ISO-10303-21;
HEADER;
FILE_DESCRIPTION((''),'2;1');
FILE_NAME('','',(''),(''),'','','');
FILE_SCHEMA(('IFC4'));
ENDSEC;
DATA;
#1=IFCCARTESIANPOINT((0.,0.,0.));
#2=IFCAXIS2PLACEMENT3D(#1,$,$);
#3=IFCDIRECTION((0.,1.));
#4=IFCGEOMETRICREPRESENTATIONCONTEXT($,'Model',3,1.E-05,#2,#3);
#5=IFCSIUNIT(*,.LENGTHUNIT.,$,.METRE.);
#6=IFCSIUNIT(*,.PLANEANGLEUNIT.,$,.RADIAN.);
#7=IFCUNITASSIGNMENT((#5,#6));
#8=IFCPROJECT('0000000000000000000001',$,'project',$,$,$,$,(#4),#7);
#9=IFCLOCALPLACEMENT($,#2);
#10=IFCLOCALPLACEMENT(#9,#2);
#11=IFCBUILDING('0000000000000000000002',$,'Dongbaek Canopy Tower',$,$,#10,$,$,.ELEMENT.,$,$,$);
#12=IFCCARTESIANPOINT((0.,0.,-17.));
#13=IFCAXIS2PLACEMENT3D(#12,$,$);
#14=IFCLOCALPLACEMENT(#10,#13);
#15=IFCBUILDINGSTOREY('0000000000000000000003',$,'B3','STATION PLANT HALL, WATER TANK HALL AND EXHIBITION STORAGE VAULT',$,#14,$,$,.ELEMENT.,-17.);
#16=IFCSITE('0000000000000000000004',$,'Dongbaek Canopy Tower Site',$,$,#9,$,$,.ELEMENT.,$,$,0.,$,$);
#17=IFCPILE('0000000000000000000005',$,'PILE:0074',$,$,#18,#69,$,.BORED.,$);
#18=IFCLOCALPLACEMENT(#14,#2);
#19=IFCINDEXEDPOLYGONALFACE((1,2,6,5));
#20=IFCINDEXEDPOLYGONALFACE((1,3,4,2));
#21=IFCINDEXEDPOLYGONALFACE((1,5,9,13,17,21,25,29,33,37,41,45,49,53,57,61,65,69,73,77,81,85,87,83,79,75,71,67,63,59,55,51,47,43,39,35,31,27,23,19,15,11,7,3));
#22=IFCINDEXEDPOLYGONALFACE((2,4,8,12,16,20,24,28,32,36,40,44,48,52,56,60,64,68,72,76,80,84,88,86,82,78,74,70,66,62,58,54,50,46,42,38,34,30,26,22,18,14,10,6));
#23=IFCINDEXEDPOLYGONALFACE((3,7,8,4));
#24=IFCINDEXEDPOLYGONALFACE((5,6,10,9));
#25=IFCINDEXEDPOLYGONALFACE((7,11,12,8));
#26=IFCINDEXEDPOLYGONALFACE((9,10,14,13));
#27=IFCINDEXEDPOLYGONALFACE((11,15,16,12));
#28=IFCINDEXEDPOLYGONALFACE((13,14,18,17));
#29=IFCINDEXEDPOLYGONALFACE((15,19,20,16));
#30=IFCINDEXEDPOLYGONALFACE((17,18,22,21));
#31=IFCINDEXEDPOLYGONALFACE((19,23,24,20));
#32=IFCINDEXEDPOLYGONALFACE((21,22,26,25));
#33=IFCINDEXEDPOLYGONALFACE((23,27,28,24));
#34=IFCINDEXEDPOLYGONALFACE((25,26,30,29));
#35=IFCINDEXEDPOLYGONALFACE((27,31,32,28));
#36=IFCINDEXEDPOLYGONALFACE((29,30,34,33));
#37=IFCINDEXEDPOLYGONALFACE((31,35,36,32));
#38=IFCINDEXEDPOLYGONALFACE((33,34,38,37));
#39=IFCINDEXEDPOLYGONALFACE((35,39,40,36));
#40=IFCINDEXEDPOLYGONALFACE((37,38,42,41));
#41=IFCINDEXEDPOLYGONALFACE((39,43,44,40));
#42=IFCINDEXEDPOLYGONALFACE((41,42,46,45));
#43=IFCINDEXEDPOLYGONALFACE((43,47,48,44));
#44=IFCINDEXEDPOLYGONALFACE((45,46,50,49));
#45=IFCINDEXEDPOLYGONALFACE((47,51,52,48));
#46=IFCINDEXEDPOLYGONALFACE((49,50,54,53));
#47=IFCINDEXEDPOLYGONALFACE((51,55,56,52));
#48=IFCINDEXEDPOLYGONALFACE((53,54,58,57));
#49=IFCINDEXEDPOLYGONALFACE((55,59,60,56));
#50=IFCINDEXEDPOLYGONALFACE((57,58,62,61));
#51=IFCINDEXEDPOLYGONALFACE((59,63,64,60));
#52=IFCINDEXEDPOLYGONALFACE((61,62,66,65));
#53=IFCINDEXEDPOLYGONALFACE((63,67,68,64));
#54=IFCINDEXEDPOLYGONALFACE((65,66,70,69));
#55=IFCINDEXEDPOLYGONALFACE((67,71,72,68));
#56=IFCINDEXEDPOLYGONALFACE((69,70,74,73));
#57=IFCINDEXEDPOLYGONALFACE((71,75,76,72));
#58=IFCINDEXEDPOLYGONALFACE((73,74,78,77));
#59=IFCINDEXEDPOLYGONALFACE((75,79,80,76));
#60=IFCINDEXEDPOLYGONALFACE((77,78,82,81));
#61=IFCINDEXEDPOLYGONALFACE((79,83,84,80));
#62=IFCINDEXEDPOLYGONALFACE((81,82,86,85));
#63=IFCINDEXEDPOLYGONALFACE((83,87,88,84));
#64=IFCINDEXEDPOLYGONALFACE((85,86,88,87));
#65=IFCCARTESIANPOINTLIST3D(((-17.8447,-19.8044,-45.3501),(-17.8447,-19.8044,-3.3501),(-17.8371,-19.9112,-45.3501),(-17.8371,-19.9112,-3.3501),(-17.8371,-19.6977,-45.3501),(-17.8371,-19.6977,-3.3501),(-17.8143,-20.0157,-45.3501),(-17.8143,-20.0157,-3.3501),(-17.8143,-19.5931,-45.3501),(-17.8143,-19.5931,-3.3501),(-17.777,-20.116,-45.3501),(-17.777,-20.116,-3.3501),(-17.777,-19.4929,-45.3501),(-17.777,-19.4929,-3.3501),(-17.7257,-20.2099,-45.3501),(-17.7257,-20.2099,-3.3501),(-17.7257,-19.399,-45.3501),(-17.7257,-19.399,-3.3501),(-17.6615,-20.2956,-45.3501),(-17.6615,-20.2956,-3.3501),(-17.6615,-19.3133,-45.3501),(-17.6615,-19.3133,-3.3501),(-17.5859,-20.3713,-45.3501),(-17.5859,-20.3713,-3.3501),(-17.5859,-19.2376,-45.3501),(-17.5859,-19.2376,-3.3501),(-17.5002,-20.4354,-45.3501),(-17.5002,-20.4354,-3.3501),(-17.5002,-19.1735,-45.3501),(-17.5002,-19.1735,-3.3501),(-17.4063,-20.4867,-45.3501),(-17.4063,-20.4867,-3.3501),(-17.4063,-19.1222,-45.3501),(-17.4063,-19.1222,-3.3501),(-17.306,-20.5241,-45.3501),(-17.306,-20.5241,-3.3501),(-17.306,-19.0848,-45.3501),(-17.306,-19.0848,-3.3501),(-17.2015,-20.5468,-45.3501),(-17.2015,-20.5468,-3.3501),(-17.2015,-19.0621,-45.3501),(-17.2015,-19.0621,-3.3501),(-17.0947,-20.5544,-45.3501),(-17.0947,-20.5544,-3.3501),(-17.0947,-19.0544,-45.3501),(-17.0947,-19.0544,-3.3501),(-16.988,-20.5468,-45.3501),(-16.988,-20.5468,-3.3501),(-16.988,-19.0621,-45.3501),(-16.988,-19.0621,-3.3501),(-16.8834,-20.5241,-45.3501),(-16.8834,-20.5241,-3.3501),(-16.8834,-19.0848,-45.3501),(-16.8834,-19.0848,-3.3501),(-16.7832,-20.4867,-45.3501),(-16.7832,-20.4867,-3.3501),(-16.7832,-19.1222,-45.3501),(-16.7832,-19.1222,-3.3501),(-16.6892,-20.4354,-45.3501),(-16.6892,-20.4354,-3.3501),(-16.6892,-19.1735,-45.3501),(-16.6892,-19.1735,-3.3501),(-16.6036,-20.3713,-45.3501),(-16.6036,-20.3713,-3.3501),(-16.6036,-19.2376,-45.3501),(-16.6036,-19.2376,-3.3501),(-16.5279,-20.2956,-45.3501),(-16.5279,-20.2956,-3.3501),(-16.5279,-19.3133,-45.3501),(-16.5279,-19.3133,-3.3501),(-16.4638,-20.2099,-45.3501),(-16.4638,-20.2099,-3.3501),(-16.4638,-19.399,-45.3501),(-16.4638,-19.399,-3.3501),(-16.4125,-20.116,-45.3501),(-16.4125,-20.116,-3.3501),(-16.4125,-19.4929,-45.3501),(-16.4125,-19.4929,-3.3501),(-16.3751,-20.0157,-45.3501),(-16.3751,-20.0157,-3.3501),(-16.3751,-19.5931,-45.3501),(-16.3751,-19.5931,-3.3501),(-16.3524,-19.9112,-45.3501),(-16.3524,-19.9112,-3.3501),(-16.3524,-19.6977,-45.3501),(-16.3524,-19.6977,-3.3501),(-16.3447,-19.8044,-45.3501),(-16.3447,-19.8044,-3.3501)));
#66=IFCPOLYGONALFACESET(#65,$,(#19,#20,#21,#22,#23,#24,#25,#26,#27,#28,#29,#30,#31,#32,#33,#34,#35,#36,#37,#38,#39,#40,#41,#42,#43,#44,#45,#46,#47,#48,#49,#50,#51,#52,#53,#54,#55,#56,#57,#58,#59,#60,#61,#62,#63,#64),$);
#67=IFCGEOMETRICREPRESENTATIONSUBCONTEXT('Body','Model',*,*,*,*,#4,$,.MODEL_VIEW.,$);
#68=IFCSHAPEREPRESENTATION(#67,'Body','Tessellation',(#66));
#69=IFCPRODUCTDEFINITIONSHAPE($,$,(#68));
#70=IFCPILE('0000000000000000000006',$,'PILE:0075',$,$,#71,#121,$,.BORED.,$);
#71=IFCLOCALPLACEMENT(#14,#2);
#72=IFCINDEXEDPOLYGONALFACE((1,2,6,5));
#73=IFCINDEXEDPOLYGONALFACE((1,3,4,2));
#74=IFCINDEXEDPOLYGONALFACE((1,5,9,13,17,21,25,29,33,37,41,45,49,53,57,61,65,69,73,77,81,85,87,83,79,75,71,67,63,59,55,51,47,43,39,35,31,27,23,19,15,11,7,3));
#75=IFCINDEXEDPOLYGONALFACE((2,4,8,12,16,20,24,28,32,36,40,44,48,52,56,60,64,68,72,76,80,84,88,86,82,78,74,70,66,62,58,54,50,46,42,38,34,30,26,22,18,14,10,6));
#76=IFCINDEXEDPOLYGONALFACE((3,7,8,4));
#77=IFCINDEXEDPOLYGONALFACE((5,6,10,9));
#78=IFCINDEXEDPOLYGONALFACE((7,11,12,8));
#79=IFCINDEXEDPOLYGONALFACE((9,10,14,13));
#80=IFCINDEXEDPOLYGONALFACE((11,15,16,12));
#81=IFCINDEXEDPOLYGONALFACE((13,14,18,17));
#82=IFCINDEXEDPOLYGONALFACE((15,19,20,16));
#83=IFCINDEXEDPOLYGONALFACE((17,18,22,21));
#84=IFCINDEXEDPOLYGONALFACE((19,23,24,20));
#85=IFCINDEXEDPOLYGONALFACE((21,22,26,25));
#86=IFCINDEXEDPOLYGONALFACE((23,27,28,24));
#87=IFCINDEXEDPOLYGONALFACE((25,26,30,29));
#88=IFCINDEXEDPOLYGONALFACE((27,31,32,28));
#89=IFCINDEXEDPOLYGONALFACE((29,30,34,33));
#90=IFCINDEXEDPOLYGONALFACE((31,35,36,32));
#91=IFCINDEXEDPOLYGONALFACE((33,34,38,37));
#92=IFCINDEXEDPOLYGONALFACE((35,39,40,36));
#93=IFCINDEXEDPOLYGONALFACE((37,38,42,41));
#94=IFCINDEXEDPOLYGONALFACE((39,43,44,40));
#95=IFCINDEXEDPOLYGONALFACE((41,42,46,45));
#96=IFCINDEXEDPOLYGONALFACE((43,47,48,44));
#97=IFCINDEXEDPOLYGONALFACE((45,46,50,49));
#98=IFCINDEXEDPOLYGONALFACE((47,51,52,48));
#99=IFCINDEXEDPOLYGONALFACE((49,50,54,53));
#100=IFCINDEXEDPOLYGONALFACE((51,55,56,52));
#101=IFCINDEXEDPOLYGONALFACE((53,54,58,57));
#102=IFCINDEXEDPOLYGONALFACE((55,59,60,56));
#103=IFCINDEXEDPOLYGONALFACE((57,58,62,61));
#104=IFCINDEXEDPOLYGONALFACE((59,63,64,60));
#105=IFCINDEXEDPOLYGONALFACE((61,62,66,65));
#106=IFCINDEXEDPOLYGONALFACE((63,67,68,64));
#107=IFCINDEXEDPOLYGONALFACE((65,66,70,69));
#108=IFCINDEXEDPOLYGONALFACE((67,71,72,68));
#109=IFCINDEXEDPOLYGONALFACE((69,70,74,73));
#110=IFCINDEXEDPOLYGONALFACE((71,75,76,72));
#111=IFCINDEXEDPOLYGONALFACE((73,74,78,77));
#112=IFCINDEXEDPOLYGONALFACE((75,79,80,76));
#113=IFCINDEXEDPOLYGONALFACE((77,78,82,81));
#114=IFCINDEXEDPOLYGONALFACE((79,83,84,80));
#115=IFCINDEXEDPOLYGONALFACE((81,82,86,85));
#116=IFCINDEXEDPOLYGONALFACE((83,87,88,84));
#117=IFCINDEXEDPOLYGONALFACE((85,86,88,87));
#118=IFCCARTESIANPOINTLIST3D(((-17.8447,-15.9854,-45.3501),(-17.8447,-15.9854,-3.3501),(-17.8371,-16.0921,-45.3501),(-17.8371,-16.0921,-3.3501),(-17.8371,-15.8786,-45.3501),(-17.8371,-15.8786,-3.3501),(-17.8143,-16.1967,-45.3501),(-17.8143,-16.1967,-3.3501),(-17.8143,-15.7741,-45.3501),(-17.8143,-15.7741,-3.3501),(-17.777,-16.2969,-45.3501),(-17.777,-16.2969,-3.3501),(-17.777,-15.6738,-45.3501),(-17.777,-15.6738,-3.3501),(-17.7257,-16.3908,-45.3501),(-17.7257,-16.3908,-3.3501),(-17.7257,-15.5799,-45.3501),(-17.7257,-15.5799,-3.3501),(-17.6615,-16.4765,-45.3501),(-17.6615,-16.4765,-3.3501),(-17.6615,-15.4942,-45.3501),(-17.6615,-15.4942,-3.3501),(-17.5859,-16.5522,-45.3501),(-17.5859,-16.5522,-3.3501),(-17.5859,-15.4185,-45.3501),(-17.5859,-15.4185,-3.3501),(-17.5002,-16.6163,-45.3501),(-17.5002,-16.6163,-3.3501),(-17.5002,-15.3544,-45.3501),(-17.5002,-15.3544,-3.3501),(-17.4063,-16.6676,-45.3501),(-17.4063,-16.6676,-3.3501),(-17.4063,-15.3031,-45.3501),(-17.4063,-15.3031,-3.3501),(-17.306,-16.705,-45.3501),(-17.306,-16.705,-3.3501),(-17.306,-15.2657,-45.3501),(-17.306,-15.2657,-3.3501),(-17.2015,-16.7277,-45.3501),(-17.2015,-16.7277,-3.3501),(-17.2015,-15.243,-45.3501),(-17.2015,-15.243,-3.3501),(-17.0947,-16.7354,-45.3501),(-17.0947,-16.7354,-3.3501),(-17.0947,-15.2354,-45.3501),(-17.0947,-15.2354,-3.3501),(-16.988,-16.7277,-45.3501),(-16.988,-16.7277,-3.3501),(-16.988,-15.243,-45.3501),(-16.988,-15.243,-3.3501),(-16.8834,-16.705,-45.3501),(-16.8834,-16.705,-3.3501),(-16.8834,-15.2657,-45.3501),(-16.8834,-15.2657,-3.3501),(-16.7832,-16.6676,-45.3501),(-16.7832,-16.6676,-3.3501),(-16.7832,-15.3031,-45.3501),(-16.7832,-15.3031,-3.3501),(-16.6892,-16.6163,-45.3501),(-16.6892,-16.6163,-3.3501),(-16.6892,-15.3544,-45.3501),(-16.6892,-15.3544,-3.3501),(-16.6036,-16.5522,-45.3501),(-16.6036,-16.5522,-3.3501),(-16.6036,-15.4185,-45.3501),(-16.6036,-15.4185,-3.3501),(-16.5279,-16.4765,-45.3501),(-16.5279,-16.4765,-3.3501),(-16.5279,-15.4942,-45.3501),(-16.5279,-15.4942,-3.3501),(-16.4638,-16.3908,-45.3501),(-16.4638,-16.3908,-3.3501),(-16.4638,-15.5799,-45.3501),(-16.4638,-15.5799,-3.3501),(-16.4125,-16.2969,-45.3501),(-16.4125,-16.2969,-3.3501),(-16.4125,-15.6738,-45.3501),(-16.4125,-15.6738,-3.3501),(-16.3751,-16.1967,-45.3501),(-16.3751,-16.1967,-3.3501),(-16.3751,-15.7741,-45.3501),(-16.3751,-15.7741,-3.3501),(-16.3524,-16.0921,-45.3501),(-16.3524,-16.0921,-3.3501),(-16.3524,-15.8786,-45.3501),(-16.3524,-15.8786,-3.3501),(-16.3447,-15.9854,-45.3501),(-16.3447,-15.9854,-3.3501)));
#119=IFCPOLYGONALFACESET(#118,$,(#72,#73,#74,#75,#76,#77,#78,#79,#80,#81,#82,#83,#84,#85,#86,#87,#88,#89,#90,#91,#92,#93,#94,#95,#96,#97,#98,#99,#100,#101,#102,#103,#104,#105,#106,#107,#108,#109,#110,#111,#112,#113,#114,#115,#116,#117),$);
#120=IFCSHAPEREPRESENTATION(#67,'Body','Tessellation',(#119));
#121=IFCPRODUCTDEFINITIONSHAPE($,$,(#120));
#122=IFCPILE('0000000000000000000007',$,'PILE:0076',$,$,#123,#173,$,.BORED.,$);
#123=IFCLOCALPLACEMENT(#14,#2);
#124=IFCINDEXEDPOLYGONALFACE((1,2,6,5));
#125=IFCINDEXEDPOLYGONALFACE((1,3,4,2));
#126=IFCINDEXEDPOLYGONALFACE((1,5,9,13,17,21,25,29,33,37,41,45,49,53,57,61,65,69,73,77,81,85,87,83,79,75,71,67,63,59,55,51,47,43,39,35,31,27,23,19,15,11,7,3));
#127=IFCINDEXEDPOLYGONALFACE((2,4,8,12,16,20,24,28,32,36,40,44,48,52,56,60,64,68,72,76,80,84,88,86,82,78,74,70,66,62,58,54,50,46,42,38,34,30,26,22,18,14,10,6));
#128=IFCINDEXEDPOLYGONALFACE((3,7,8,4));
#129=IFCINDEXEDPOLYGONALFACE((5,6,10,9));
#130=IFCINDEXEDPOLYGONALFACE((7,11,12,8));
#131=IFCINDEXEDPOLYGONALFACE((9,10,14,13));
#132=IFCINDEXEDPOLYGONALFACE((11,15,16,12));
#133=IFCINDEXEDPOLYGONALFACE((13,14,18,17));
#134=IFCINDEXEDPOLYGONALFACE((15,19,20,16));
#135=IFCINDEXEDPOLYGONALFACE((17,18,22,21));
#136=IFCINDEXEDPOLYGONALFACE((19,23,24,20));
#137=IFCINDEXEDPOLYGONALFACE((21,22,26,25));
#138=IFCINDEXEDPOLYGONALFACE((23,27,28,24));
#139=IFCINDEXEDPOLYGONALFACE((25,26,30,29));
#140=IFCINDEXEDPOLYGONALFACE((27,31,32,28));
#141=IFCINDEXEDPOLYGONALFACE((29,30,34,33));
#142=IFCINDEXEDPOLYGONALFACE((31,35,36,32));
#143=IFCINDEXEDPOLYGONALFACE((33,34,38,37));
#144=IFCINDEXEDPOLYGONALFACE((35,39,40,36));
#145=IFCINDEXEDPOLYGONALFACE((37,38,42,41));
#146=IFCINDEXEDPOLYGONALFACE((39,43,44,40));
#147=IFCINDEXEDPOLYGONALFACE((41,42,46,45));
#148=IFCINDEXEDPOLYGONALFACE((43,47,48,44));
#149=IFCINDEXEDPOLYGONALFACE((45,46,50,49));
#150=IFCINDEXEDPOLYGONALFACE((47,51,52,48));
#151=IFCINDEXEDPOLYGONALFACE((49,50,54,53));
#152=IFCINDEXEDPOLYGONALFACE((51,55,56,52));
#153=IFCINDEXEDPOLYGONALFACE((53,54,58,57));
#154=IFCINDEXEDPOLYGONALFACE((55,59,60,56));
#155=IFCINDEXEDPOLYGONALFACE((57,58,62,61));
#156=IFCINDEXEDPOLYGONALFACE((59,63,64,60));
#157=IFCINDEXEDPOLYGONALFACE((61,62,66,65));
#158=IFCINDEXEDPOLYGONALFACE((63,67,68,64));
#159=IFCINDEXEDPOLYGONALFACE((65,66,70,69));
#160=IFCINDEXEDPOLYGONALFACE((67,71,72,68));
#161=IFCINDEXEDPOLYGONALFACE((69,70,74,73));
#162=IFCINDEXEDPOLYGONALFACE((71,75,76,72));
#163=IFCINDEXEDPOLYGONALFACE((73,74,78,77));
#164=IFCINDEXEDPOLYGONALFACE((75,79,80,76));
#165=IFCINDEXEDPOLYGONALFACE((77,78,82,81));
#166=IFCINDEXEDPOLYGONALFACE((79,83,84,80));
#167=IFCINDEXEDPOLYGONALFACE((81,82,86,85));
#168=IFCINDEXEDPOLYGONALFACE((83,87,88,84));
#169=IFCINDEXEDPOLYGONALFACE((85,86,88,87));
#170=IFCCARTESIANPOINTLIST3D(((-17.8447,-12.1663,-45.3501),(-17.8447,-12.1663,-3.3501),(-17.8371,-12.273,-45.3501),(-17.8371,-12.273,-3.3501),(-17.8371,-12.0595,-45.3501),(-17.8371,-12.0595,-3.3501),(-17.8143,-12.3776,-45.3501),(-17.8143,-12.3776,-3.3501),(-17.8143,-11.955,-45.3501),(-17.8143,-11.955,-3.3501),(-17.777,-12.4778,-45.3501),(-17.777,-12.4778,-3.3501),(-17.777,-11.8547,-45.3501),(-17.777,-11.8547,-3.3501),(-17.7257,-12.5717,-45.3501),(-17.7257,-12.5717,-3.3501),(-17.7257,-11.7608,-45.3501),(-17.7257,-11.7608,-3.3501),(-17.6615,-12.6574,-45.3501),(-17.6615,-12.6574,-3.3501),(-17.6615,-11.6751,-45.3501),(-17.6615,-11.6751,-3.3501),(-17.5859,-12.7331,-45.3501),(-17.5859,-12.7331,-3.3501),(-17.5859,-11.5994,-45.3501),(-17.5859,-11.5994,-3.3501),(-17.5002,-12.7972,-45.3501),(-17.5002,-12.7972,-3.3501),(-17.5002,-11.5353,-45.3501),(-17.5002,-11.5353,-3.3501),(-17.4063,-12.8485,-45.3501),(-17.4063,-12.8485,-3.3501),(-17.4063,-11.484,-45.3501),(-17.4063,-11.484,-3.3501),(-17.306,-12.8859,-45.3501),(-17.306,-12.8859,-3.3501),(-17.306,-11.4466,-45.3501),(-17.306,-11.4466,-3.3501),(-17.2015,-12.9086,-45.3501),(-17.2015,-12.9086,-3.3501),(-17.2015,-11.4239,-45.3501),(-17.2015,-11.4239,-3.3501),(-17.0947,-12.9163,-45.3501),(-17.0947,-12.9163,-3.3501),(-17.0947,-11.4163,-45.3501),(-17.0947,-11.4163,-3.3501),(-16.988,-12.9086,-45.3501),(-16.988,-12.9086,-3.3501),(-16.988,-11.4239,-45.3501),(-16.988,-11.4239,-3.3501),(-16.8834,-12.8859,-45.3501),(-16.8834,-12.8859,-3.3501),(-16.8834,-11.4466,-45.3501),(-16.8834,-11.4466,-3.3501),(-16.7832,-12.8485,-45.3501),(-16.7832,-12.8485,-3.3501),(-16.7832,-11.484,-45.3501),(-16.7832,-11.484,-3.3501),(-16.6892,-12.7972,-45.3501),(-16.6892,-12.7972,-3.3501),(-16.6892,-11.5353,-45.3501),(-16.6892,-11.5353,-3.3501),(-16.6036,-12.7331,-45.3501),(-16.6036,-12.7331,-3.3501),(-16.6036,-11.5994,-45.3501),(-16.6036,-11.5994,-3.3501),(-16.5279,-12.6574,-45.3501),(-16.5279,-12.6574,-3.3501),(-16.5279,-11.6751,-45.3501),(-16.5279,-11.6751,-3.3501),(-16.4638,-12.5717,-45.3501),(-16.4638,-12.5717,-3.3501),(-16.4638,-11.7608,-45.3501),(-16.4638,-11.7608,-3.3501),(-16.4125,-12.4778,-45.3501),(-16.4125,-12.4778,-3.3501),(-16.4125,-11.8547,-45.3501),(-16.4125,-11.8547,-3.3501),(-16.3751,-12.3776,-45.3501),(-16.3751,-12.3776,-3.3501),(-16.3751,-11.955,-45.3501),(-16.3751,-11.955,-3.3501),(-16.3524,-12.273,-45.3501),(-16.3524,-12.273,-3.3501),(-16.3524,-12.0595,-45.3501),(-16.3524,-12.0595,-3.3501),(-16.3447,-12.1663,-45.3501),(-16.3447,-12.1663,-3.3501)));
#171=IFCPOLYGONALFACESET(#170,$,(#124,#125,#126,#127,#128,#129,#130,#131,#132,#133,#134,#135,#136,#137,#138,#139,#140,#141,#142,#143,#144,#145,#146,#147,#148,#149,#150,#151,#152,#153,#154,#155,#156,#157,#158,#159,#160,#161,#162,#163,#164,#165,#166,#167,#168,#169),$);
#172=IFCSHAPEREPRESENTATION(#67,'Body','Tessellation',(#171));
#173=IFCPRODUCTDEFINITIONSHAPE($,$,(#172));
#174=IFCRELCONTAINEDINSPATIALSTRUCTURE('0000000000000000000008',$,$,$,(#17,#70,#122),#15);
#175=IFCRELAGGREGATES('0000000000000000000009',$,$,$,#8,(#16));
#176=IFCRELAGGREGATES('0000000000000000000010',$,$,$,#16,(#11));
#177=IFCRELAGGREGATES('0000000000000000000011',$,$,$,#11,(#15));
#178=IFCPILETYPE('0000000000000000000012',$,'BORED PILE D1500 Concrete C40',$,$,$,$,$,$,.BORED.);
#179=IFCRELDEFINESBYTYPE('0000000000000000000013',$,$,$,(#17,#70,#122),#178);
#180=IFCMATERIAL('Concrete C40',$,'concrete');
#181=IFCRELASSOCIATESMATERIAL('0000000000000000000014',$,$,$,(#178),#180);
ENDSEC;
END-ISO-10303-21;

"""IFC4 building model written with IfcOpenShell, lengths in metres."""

from ifc_helpers import new_model, si_unit, direction, frame, origin, origin_2d, place, context, subcontext, project, spatial, circle, extrude, material, material_profile, profile_set, type_object, element, save


model = new_model("IFC4")

# Units and contexts
model_context = context("Model", 3, precision=1e-05, world=origin(), true_north=direction((0.0, 1.0)))
body_context = subcontext(model_context, "Body", "Model", "MODEL_VIEW")
ifc_project = project(units=[si_unit("LENGTHUNIT", "METRE"), si_unit("PLANEANGLEUNIT", "RADIAN")], contexts=[model_context])

# Site, building, storey
site_placement = place(None, origin())
site = spatial("IfcSite", under=ifc_project, at=site_placement, Name="Dongbaek Canopy Tower Site", CompositionType="ELEMENT", RefElevation=0.0)
building_placement = place(site_placement, origin())
building = spatial("IfcBuilding", under=site, at=building_placement, Name="Dongbaek Canopy Tower", CompositionType="ELEMENT")
storey_placement = place(building_placement, frame((0.0, 0.0, -17.0)))
storey = spatial("IfcBuildingStorey", under=building, at=storey_placement, Name="B3", Description="STATION PLANT HALL, WATER TANK HALL AND EXHIBITION STORAGE VAULT", CompositionType="ELEMENT", Elevation=-17.0)

# Piles
ifc_material_1 = material(Name="Concrete C40", Category="concrete")
ifc_material_profile_1 = material_profile(ifc_material_1, circle(Radius=0.75, at=origin_2d()), Name="BORED PILE D1500 Concrete C40")
ifc_profile_set_1 = profile_set([ifc_material_profile_1], Name="Concrete C40")
pile_type = type_object("IfcPileType", Name="BORED PILE D1500 Concrete C40", PredefinedType="BORED", material=ifc_profile_set_1)
for number, where, z_axis, x_axis, name in (
    (1, (-17.0947, -19.8044, -3.3501), (0.0, 0.0, -1.0), (1.0, 0.0, 0.0), "PILE:0074"),
    (2, (-17.0947, -15.9854, -3.3501), (0.0, 0.0, -1.0), (1.0, 0.0, 0.0), "PILE:0075"),
    (3, (-17.0947, -12.1663, -3.3501), (0.0, 0.0, -1.0), (1.0, 0.0, 0.0), "PILE:0076"),
):
    element("IfcPile", number, at=place(storey_placement, frame(where, z_axis=z_axis, x_axis=x_axis)), inside=storey, type_object=pile_type, Name=name, PredefinedType="BORED", context=body_context, shape_type="SweptSolid", body=[
        extrude(circle(Radius=0.75, at=origin_2d()), origin(), (0.0, 0.0, 1.0), 42.0),
    ])

save(model, "model.ifc")
